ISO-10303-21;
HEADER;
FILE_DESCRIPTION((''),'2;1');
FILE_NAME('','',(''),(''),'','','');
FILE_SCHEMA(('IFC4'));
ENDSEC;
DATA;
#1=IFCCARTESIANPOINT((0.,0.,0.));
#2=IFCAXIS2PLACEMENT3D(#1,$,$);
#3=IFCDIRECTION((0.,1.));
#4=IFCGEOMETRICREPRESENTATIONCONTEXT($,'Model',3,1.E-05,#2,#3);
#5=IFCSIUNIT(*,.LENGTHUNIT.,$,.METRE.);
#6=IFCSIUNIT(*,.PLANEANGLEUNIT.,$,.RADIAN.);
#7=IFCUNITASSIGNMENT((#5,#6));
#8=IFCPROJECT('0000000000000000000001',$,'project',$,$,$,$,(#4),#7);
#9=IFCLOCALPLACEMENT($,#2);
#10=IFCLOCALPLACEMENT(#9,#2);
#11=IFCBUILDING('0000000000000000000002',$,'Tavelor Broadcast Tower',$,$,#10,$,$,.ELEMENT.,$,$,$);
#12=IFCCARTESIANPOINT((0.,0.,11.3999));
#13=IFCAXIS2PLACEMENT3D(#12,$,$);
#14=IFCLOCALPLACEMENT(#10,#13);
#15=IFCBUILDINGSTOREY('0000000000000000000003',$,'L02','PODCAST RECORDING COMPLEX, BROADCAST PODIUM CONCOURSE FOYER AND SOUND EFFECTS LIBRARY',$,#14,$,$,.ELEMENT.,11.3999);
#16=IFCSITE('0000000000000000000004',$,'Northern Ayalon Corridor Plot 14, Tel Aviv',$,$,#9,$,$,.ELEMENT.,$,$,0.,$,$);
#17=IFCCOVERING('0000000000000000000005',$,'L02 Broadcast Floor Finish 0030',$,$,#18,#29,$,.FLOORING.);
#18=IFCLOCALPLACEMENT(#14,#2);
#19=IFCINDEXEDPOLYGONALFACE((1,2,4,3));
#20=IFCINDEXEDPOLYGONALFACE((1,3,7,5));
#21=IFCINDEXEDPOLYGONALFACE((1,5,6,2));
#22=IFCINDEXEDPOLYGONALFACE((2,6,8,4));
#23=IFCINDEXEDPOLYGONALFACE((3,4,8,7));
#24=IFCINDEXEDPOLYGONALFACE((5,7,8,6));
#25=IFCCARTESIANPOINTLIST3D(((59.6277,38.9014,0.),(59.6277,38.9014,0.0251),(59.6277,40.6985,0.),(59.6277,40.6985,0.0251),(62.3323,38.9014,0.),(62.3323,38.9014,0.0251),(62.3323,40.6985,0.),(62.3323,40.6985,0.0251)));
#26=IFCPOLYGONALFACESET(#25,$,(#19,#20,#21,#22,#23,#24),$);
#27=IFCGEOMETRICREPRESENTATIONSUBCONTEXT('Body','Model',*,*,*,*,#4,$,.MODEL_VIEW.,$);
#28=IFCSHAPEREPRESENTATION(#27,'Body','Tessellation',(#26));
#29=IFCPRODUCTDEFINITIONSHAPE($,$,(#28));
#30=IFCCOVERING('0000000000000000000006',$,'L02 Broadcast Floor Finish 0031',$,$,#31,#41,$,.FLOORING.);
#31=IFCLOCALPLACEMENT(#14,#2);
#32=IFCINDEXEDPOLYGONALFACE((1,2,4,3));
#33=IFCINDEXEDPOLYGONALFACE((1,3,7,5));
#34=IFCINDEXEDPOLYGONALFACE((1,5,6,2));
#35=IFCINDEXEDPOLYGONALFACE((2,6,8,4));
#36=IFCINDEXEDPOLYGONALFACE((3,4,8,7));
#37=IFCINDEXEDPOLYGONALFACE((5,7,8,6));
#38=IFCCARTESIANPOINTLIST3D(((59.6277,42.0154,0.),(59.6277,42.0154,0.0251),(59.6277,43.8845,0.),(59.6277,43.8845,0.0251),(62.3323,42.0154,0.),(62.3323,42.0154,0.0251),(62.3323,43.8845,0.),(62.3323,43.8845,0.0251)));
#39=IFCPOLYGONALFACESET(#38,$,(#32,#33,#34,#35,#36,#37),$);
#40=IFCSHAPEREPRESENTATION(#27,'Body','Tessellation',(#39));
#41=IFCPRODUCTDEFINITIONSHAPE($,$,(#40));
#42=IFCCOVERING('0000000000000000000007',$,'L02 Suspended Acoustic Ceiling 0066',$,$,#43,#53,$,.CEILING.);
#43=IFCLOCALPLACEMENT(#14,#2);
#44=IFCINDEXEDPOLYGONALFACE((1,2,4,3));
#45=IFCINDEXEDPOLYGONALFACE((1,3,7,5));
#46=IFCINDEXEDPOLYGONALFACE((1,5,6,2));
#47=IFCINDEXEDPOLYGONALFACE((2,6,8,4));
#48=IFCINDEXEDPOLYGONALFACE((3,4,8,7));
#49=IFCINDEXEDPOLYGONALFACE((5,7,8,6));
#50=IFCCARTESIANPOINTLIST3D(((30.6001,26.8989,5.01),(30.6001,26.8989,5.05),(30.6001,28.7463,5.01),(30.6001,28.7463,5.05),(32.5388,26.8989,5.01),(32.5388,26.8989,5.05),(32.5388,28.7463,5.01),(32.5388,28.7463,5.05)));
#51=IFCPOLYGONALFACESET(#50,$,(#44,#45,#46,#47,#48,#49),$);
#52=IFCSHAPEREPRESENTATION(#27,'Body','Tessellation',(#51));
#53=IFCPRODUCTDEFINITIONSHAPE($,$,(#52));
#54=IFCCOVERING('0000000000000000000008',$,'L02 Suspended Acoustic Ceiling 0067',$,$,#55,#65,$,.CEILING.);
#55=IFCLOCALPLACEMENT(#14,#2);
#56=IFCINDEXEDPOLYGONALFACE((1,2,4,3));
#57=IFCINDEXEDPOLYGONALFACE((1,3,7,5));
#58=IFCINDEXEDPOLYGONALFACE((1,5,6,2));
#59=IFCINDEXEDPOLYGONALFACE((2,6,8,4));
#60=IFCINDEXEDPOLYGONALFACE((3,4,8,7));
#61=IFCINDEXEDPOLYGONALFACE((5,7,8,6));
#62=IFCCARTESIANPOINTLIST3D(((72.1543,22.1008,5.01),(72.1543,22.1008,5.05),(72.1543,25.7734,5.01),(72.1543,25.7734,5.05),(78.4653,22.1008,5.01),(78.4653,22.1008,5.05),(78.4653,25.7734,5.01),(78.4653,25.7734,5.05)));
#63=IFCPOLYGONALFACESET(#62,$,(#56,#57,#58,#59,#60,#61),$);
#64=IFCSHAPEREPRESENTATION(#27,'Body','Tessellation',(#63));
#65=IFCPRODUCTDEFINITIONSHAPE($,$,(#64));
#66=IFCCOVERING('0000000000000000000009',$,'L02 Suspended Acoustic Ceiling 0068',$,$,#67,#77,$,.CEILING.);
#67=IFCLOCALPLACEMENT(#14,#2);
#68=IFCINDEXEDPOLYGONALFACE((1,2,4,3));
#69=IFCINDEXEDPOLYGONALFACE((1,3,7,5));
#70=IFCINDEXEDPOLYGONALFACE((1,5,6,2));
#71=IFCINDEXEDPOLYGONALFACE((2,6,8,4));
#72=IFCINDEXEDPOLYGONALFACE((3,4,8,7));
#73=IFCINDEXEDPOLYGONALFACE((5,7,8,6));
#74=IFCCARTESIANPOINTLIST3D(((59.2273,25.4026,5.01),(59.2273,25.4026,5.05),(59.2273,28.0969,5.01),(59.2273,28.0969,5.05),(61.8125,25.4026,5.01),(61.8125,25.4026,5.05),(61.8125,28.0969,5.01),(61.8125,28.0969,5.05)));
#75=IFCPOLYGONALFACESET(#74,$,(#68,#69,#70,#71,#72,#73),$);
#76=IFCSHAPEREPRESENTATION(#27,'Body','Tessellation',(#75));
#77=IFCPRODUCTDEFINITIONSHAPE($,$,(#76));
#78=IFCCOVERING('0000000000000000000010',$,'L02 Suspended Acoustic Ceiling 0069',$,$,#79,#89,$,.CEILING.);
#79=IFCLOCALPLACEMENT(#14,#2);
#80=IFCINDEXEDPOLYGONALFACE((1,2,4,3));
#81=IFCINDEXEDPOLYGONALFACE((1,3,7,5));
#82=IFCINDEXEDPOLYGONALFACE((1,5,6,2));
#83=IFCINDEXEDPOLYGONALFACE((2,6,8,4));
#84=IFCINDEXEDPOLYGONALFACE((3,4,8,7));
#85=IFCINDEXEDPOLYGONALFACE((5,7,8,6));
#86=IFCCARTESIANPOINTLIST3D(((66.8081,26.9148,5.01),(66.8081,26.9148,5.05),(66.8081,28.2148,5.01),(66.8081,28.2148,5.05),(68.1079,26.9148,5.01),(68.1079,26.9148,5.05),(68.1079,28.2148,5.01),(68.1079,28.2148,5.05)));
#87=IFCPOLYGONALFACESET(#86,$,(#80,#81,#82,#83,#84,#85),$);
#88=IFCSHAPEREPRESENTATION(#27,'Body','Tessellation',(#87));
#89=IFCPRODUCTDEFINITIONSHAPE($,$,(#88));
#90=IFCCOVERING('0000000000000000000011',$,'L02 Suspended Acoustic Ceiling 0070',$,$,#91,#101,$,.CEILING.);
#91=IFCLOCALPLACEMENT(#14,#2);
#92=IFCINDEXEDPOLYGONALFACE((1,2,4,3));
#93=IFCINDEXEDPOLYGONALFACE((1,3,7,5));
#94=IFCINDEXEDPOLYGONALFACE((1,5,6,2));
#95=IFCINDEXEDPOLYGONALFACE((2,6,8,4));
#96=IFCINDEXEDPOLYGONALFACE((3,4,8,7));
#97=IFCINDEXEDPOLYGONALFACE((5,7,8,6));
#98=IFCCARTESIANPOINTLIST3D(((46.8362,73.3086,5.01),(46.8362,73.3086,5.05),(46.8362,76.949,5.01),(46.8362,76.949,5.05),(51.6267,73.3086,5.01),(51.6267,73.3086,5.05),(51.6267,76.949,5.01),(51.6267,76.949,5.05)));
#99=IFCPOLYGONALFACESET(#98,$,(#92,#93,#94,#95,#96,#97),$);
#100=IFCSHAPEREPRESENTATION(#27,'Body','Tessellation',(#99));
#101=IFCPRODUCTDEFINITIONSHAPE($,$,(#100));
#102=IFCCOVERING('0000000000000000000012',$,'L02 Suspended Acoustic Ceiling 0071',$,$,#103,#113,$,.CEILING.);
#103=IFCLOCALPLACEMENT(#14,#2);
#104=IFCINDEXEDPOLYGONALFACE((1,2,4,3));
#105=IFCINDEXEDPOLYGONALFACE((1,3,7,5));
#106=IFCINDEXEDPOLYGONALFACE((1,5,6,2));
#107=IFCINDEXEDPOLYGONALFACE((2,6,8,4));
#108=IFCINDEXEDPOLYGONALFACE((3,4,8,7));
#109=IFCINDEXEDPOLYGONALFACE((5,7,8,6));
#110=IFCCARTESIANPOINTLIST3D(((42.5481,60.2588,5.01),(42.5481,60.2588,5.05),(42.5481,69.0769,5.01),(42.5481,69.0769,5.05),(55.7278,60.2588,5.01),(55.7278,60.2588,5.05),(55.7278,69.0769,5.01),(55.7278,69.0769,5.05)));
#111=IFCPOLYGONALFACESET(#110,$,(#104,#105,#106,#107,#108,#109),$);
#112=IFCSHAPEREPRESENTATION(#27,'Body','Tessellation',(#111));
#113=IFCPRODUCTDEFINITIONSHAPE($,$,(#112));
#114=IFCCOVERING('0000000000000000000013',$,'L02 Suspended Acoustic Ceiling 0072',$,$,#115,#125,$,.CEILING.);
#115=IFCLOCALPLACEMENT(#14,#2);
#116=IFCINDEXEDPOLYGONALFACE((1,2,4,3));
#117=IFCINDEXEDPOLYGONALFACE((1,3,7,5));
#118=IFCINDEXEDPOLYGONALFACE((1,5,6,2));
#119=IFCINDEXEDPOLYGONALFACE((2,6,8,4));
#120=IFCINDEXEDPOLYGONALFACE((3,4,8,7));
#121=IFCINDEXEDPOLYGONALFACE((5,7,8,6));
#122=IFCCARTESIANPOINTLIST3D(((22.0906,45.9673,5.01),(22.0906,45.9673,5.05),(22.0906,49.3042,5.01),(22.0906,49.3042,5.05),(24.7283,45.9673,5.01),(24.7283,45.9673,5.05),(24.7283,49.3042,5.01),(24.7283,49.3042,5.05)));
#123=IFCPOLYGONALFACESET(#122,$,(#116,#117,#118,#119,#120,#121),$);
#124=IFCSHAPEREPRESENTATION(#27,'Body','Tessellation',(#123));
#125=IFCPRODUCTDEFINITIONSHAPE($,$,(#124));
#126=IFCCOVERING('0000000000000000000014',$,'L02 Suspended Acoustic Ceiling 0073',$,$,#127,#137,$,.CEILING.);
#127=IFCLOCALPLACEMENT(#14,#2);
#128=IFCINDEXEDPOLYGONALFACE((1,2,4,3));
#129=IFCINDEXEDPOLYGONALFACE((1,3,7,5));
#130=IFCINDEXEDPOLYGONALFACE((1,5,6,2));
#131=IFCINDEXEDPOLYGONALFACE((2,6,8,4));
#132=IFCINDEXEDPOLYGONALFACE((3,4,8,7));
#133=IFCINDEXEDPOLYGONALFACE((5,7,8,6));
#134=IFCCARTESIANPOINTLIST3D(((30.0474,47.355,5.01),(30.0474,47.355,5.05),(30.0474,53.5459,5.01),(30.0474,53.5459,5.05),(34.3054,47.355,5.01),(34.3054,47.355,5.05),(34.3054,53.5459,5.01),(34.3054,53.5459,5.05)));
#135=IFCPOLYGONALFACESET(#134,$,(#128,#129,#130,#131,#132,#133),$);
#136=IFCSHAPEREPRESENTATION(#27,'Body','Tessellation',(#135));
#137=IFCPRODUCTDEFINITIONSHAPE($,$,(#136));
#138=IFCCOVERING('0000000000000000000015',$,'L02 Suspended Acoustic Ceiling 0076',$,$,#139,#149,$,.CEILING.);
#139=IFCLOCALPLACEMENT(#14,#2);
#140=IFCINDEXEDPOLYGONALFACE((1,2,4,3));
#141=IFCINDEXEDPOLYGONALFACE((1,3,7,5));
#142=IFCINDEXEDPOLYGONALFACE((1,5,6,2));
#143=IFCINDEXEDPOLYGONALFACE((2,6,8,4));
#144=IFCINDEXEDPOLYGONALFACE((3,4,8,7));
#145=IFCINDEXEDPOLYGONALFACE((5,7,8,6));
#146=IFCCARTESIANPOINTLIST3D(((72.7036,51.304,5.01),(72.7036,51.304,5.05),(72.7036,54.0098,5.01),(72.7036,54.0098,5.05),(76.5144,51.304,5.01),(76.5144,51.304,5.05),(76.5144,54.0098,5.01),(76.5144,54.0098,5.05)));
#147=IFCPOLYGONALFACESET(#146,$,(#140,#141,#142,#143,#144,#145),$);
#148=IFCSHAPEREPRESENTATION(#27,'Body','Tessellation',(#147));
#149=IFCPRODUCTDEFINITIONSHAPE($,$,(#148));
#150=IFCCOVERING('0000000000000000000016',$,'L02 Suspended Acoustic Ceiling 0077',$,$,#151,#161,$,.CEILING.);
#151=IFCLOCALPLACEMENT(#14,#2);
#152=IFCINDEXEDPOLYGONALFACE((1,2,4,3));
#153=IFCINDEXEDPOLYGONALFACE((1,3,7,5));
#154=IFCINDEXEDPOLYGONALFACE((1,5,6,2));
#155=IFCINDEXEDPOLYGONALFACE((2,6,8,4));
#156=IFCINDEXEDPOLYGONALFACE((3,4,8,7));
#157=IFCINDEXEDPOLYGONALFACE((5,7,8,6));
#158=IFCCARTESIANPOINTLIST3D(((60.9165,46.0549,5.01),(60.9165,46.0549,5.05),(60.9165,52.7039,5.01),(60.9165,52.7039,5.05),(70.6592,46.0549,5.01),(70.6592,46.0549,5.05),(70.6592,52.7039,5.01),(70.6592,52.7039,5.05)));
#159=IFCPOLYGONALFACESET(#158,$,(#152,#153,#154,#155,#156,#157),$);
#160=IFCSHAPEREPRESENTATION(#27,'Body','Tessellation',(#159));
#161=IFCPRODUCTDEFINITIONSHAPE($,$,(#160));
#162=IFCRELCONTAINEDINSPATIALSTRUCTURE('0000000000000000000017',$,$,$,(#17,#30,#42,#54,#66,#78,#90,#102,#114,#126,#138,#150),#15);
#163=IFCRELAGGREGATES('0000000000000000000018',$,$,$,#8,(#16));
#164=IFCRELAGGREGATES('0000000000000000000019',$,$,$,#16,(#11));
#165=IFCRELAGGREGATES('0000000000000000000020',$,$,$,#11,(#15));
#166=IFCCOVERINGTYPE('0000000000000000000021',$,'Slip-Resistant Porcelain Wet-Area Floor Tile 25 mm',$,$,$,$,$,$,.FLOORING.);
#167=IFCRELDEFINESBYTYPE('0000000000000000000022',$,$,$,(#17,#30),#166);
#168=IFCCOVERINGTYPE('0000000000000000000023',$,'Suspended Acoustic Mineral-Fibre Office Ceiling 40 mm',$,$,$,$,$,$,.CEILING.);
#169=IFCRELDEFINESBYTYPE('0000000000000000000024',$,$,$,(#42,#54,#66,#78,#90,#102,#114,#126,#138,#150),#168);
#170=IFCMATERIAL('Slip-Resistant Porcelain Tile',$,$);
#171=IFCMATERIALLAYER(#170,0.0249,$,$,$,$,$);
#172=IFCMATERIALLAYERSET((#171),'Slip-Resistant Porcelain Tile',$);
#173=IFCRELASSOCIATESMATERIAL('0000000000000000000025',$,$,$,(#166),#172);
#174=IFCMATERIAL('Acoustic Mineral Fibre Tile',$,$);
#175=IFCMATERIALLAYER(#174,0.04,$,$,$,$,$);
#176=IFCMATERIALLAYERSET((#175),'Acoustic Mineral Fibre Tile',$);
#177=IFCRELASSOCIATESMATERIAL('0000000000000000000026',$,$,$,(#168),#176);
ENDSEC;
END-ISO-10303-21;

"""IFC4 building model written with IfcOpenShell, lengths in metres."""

from ifc_helpers import new_model, si_unit, direction, frame, origin, place, context, subcontext, project, spatial, polyline, outline, extrude, material, layer, layer_set, type_object, element, save


model = new_model("IFC4")

# Units and contexts
model_context = context("Model", 3, precision=1e-05, world=origin(), true_north=direction((0.0, 1.0)))
body_context = subcontext(model_context, "Body", "Model", "MODEL_VIEW")
ifc_project = project(units=[si_unit("LENGTHUNIT", "METRE"), si_unit("PLANEANGLEUNIT", "RADIAN")], contexts=[model_context])

# Site, building, storey
site_placement = place(None, origin())
site = spatial("IfcSite", under=ifc_project, at=site_placement, Name="Northern Ayalon Corridor Plot 14, Tel Aviv", CompositionType="ELEMENT", RefElevation=0.0)
building_placement = place(site_placement, origin())
building = spatial("IfcBuilding", under=site, at=building_placement, Name="Tavelor Broadcast Tower", CompositionType="ELEMENT")
storey_placement = place(building_placement, frame((0.0, 0.0, 11.3999)))
storey = spatial("IfcBuildingStorey", under=building, at=storey_placement, Name="L02", Description="PODCAST RECORDING COMPLEX, BROADCAST PODIUM CONCOURSE FOYER AND SOUND EFFECTS LIBRARY", CompositionType="ELEMENT", Elevation=11.3999)

# Coverings
ifc_material_1 = material(Name="Slip-Resistant Porcelain Tile")
ifc_layer_1 = layer(ifc_material_1, 0.0249)
ifc_layer_set_1 = layer_set([ifc_layer_1], Name="Slip-Resistant Porcelain Tile")
covering_type_1 = type_object("IfcCoveringType", Name="Slip-Resistant Porcelain Wet-Area Floor Tile 25 mm", PredefinedType="FLOORING", material=ifc_layer_set_1)
covering_1_placement = place(storey_placement, origin())
element("IfcCovering", 1, at=covering_1_placement, inside=storey, type_object=covering_type_1, Name="L02 Broadcast Floor Finish 0030", PredefinedType="FLOORING", context=body_context, shape_type="SweptSolid", body=[
    extrude(outline(polyline([(59.6277, 38.9014), (62.3323, 38.9014), (62.3323, 40.6985), (59.6277, 40.6985), (59.6277, 38.9014)])), origin(), (0.0, 0.0, 1.0), 0.0251),
])
covering_2_placement = place(storey_placement, origin())
element("IfcCovering", 2, at=covering_2_placement, inside=storey, type_object=covering_type_1, Name="L02 Broadcast Floor Finish 0031", PredefinedType="FLOORING", context=body_context, shape_type="SweptSolid", body=[
    extrude(outline(polyline([(59.6277, 42.0154), (62.3323, 42.0154), (62.3323, 43.8845), (59.6277, 43.8845), (59.6277, 42.0154)])), origin(), (0.0, 0.0, 1.0), 0.0251),
])
ifc_material_2 = material(Name="Acoustic Mineral Fibre Tile")
ifc_layer_2 = layer(ifc_material_2, 0.04)
ifc_layer_set_2 = layer_set([ifc_layer_2], Name="Acoustic Mineral Fibre Tile")
covering_type_2 = type_object("IfcCoveringType", Name="Suspended Acoustic Mineral-Fibre Office Ceiling 40 mm", PredefinedType="CEILING", material=ifc_layer_set_2)
covering_3_placement = place(storey_placement, frame((0.0, 0.0, 5.01)))
element("IfcCovering", 3, at=covering_3_placement, inside=storey, type_object=covering_type_2, Name="L02 Suspended Acoustic Ceiling 0066", PredefinedType="CEILING", context=body_context, shape_type="SweptSolid", body=[
    extrude(outline(polyline([(30.6001, 26.8989), (32.5388, 26.8989), (32.5388, 28.7463), (30.6001, 28.7463), (30.6001, 26.8989)])), origin(), (0.0, 0.0, 1.0), 0.04),
])
covering_4_placement = place(storey_placement, frame((0.0, 0.0, 5.01)))
element("IfcCovering", 4, at=covering_4_placement, inside=storey, type_object=covering_type_2, Name="L02 Suspended Acoustic Ceiling 0067", PredefinedType="CEILING", context=body_context, shape_type="SweptSolid", body=[
    extrude(outline(polyline([(72.1543, 22.1008), (78.4653, 22.1008), (78.4653, 25.7734), (72.1543, 25.7734), (72.1543, 22.1008)])), origin(), (0.0, 0.0, 1.0), 0.04),
])
covering_5_placement = place(storey_placement, frame((0.0, 0.0, 5.01)))
element("IfcCovering", 5, at=covering_5_placement, inside=storey, type_object=covering_type_2, Name="L02 Suspended Acoustic Ceiling 0068", PredefinedType="CEILING", context=body_context, shape_type="SweptSolid", body=[
    extrude(outline(polyline([(59.2273, 25.4026), (61.8125, 25.4026), (61.8125, 28.0969), (59.2273, 28.0969), (59.2273, 25.4026)])), origin(), (0.0, 0.0, 1.0), 0.04),
])
covering_6_placement = place(storey_placement, frame((0.0, 0.0, 5.01)))
element("IfcCovering", 6, at=covering_6_placement, inside=storey, type_object=covering_type_2, Name="L02 Suspended Acoustic Ceiling 0069", PredefinedType="CEILING", context=body_context, shape_type="SweptSolid", body=[
    extrude(outline(polyline([(66.8081, 26.9148), (68.1079, 26.9148), (68.1079, 28.2148), (66.8081, 28.2148), (66.8081, 26.9148)])), origin(), (0.0, 0.0, 1.0), 0.04),
])
covering_7_placement = place(storey_placement, frame((0.0, 0.0, 5.01)))
element("IfcCovering", 7, at=covering_7_placement, inside=storey, type_object=covering_type_2, Name="L02 Suspended Acoustic Ceiling 0070", PredefinedType="CEILING", context=body_context, shape_type="SweptSolid", body=[
    extrude(outline(polyline([(46.8362, 73.3086), (51.6267, 73.3086), (51.6267, 76.949), (46.8362, 76.949), (46.8362, 73.3086)])), origin(), (0.0, 0.0, 1.0), 0.04),
])
covering_8_placement = place(storey_placement, frame((0.0, 0.0, 5.01)))
element("IfcCovering", 8, at=covering_8_placement, inside=storey, type_object=covering_type_2, Name="L02 Suspended Acoustic Ceiling 0071", PredefinedType="CEILING", context=body_context, shape_type="SweptSolid", body=[
    extrude(outline(polyline([(42.5481, 60.2588), (55.7278, 60.2588), (55.7278, 69.0769), (42.5481, 69.0769), (42.5481, 60.2588)])), origin(), (0.0, 0.0, 1.0), 0.04),
])
covering_9_placement = place(storey_placement, frame((0.0, 0.0, 5.01)))
element("IfcCovering", 9, at=covering_9_placement, inside=storey, type_object=covering_type_2, Name="L02 Suspended Acoustic Ceiling 0072", PredefinedType="CEILING", context=body_context, shape_type="SweptSolid", body=[
    extrude(outline(polyline([(22.0906, 45.9673), (24.7283, 45.9673), (24.7283, 49.3042), (22.0906, 49.3042), (22.0906, 45.9673)])), origin(), (0.0, 0.0, 1.0), 0.04),
])
covering_10_placement = place(storey_placement, frame((0.0, 0.0, 5.01)))
element("IfcCovering", 10, at=covering_10_placement, inside=storey, type_object=covering_type_2, Name="L02 Suspended Acoustic Ceiling 0073", PredefinedType="CEILING", context=body_context, shape_type="SweptSolid", body=[
    extrude(outline(polyline([(30.0474, 47.355), (34.3054, 47.355), (34.3054, 53.5459), (30.0474, 53.5459), (30.0474, 47.355)])), origin(), (0.0, 0.0, 1.0), 0.04),
])
covering_11_placement = place(storey_placement, frame((0.0, 0.0, 5.01)))
element("IfcCovering", 11, at=covering_11_placement, inside=storey, type_object=covering_type_2, Name="L02 Suspended Acoustic Ceiling 0076", PredefinedType="CEILING", context=body_context, shape_type="SweptSolid", body=[
    extrude(outline(polyline([(72.7036, 51.304), (76.5144, 51.304), (76.5144, 54.0098), (72.7036, 54.0098), (72.7036, 51.304)])), origin(), (0.0, 0.0, 1.0), 0.04),
])
covering_12_placement = place(storey_placement, frame((0.0, 0.0, 5.01)))
element("IfcCovering", 12, at=covering_12_placement, inside=storey, type_object=covering_type_2, Name="L02 Suspended Acoustic Ceiling 0077", PredefinedType="CEILING", context=body_context, shape_type="SweptSolid", body=[
    extrude(outline(polyline([(60.9165, 46.0549), (70.6592, 46.0549), (70.6592, 52.7039), (60.9165, 52.7039), (60.9165, 46.0549)])), origin(), (0.0, 0.0, 1.0), 0.04),
])

save(model, "model.ifc")
